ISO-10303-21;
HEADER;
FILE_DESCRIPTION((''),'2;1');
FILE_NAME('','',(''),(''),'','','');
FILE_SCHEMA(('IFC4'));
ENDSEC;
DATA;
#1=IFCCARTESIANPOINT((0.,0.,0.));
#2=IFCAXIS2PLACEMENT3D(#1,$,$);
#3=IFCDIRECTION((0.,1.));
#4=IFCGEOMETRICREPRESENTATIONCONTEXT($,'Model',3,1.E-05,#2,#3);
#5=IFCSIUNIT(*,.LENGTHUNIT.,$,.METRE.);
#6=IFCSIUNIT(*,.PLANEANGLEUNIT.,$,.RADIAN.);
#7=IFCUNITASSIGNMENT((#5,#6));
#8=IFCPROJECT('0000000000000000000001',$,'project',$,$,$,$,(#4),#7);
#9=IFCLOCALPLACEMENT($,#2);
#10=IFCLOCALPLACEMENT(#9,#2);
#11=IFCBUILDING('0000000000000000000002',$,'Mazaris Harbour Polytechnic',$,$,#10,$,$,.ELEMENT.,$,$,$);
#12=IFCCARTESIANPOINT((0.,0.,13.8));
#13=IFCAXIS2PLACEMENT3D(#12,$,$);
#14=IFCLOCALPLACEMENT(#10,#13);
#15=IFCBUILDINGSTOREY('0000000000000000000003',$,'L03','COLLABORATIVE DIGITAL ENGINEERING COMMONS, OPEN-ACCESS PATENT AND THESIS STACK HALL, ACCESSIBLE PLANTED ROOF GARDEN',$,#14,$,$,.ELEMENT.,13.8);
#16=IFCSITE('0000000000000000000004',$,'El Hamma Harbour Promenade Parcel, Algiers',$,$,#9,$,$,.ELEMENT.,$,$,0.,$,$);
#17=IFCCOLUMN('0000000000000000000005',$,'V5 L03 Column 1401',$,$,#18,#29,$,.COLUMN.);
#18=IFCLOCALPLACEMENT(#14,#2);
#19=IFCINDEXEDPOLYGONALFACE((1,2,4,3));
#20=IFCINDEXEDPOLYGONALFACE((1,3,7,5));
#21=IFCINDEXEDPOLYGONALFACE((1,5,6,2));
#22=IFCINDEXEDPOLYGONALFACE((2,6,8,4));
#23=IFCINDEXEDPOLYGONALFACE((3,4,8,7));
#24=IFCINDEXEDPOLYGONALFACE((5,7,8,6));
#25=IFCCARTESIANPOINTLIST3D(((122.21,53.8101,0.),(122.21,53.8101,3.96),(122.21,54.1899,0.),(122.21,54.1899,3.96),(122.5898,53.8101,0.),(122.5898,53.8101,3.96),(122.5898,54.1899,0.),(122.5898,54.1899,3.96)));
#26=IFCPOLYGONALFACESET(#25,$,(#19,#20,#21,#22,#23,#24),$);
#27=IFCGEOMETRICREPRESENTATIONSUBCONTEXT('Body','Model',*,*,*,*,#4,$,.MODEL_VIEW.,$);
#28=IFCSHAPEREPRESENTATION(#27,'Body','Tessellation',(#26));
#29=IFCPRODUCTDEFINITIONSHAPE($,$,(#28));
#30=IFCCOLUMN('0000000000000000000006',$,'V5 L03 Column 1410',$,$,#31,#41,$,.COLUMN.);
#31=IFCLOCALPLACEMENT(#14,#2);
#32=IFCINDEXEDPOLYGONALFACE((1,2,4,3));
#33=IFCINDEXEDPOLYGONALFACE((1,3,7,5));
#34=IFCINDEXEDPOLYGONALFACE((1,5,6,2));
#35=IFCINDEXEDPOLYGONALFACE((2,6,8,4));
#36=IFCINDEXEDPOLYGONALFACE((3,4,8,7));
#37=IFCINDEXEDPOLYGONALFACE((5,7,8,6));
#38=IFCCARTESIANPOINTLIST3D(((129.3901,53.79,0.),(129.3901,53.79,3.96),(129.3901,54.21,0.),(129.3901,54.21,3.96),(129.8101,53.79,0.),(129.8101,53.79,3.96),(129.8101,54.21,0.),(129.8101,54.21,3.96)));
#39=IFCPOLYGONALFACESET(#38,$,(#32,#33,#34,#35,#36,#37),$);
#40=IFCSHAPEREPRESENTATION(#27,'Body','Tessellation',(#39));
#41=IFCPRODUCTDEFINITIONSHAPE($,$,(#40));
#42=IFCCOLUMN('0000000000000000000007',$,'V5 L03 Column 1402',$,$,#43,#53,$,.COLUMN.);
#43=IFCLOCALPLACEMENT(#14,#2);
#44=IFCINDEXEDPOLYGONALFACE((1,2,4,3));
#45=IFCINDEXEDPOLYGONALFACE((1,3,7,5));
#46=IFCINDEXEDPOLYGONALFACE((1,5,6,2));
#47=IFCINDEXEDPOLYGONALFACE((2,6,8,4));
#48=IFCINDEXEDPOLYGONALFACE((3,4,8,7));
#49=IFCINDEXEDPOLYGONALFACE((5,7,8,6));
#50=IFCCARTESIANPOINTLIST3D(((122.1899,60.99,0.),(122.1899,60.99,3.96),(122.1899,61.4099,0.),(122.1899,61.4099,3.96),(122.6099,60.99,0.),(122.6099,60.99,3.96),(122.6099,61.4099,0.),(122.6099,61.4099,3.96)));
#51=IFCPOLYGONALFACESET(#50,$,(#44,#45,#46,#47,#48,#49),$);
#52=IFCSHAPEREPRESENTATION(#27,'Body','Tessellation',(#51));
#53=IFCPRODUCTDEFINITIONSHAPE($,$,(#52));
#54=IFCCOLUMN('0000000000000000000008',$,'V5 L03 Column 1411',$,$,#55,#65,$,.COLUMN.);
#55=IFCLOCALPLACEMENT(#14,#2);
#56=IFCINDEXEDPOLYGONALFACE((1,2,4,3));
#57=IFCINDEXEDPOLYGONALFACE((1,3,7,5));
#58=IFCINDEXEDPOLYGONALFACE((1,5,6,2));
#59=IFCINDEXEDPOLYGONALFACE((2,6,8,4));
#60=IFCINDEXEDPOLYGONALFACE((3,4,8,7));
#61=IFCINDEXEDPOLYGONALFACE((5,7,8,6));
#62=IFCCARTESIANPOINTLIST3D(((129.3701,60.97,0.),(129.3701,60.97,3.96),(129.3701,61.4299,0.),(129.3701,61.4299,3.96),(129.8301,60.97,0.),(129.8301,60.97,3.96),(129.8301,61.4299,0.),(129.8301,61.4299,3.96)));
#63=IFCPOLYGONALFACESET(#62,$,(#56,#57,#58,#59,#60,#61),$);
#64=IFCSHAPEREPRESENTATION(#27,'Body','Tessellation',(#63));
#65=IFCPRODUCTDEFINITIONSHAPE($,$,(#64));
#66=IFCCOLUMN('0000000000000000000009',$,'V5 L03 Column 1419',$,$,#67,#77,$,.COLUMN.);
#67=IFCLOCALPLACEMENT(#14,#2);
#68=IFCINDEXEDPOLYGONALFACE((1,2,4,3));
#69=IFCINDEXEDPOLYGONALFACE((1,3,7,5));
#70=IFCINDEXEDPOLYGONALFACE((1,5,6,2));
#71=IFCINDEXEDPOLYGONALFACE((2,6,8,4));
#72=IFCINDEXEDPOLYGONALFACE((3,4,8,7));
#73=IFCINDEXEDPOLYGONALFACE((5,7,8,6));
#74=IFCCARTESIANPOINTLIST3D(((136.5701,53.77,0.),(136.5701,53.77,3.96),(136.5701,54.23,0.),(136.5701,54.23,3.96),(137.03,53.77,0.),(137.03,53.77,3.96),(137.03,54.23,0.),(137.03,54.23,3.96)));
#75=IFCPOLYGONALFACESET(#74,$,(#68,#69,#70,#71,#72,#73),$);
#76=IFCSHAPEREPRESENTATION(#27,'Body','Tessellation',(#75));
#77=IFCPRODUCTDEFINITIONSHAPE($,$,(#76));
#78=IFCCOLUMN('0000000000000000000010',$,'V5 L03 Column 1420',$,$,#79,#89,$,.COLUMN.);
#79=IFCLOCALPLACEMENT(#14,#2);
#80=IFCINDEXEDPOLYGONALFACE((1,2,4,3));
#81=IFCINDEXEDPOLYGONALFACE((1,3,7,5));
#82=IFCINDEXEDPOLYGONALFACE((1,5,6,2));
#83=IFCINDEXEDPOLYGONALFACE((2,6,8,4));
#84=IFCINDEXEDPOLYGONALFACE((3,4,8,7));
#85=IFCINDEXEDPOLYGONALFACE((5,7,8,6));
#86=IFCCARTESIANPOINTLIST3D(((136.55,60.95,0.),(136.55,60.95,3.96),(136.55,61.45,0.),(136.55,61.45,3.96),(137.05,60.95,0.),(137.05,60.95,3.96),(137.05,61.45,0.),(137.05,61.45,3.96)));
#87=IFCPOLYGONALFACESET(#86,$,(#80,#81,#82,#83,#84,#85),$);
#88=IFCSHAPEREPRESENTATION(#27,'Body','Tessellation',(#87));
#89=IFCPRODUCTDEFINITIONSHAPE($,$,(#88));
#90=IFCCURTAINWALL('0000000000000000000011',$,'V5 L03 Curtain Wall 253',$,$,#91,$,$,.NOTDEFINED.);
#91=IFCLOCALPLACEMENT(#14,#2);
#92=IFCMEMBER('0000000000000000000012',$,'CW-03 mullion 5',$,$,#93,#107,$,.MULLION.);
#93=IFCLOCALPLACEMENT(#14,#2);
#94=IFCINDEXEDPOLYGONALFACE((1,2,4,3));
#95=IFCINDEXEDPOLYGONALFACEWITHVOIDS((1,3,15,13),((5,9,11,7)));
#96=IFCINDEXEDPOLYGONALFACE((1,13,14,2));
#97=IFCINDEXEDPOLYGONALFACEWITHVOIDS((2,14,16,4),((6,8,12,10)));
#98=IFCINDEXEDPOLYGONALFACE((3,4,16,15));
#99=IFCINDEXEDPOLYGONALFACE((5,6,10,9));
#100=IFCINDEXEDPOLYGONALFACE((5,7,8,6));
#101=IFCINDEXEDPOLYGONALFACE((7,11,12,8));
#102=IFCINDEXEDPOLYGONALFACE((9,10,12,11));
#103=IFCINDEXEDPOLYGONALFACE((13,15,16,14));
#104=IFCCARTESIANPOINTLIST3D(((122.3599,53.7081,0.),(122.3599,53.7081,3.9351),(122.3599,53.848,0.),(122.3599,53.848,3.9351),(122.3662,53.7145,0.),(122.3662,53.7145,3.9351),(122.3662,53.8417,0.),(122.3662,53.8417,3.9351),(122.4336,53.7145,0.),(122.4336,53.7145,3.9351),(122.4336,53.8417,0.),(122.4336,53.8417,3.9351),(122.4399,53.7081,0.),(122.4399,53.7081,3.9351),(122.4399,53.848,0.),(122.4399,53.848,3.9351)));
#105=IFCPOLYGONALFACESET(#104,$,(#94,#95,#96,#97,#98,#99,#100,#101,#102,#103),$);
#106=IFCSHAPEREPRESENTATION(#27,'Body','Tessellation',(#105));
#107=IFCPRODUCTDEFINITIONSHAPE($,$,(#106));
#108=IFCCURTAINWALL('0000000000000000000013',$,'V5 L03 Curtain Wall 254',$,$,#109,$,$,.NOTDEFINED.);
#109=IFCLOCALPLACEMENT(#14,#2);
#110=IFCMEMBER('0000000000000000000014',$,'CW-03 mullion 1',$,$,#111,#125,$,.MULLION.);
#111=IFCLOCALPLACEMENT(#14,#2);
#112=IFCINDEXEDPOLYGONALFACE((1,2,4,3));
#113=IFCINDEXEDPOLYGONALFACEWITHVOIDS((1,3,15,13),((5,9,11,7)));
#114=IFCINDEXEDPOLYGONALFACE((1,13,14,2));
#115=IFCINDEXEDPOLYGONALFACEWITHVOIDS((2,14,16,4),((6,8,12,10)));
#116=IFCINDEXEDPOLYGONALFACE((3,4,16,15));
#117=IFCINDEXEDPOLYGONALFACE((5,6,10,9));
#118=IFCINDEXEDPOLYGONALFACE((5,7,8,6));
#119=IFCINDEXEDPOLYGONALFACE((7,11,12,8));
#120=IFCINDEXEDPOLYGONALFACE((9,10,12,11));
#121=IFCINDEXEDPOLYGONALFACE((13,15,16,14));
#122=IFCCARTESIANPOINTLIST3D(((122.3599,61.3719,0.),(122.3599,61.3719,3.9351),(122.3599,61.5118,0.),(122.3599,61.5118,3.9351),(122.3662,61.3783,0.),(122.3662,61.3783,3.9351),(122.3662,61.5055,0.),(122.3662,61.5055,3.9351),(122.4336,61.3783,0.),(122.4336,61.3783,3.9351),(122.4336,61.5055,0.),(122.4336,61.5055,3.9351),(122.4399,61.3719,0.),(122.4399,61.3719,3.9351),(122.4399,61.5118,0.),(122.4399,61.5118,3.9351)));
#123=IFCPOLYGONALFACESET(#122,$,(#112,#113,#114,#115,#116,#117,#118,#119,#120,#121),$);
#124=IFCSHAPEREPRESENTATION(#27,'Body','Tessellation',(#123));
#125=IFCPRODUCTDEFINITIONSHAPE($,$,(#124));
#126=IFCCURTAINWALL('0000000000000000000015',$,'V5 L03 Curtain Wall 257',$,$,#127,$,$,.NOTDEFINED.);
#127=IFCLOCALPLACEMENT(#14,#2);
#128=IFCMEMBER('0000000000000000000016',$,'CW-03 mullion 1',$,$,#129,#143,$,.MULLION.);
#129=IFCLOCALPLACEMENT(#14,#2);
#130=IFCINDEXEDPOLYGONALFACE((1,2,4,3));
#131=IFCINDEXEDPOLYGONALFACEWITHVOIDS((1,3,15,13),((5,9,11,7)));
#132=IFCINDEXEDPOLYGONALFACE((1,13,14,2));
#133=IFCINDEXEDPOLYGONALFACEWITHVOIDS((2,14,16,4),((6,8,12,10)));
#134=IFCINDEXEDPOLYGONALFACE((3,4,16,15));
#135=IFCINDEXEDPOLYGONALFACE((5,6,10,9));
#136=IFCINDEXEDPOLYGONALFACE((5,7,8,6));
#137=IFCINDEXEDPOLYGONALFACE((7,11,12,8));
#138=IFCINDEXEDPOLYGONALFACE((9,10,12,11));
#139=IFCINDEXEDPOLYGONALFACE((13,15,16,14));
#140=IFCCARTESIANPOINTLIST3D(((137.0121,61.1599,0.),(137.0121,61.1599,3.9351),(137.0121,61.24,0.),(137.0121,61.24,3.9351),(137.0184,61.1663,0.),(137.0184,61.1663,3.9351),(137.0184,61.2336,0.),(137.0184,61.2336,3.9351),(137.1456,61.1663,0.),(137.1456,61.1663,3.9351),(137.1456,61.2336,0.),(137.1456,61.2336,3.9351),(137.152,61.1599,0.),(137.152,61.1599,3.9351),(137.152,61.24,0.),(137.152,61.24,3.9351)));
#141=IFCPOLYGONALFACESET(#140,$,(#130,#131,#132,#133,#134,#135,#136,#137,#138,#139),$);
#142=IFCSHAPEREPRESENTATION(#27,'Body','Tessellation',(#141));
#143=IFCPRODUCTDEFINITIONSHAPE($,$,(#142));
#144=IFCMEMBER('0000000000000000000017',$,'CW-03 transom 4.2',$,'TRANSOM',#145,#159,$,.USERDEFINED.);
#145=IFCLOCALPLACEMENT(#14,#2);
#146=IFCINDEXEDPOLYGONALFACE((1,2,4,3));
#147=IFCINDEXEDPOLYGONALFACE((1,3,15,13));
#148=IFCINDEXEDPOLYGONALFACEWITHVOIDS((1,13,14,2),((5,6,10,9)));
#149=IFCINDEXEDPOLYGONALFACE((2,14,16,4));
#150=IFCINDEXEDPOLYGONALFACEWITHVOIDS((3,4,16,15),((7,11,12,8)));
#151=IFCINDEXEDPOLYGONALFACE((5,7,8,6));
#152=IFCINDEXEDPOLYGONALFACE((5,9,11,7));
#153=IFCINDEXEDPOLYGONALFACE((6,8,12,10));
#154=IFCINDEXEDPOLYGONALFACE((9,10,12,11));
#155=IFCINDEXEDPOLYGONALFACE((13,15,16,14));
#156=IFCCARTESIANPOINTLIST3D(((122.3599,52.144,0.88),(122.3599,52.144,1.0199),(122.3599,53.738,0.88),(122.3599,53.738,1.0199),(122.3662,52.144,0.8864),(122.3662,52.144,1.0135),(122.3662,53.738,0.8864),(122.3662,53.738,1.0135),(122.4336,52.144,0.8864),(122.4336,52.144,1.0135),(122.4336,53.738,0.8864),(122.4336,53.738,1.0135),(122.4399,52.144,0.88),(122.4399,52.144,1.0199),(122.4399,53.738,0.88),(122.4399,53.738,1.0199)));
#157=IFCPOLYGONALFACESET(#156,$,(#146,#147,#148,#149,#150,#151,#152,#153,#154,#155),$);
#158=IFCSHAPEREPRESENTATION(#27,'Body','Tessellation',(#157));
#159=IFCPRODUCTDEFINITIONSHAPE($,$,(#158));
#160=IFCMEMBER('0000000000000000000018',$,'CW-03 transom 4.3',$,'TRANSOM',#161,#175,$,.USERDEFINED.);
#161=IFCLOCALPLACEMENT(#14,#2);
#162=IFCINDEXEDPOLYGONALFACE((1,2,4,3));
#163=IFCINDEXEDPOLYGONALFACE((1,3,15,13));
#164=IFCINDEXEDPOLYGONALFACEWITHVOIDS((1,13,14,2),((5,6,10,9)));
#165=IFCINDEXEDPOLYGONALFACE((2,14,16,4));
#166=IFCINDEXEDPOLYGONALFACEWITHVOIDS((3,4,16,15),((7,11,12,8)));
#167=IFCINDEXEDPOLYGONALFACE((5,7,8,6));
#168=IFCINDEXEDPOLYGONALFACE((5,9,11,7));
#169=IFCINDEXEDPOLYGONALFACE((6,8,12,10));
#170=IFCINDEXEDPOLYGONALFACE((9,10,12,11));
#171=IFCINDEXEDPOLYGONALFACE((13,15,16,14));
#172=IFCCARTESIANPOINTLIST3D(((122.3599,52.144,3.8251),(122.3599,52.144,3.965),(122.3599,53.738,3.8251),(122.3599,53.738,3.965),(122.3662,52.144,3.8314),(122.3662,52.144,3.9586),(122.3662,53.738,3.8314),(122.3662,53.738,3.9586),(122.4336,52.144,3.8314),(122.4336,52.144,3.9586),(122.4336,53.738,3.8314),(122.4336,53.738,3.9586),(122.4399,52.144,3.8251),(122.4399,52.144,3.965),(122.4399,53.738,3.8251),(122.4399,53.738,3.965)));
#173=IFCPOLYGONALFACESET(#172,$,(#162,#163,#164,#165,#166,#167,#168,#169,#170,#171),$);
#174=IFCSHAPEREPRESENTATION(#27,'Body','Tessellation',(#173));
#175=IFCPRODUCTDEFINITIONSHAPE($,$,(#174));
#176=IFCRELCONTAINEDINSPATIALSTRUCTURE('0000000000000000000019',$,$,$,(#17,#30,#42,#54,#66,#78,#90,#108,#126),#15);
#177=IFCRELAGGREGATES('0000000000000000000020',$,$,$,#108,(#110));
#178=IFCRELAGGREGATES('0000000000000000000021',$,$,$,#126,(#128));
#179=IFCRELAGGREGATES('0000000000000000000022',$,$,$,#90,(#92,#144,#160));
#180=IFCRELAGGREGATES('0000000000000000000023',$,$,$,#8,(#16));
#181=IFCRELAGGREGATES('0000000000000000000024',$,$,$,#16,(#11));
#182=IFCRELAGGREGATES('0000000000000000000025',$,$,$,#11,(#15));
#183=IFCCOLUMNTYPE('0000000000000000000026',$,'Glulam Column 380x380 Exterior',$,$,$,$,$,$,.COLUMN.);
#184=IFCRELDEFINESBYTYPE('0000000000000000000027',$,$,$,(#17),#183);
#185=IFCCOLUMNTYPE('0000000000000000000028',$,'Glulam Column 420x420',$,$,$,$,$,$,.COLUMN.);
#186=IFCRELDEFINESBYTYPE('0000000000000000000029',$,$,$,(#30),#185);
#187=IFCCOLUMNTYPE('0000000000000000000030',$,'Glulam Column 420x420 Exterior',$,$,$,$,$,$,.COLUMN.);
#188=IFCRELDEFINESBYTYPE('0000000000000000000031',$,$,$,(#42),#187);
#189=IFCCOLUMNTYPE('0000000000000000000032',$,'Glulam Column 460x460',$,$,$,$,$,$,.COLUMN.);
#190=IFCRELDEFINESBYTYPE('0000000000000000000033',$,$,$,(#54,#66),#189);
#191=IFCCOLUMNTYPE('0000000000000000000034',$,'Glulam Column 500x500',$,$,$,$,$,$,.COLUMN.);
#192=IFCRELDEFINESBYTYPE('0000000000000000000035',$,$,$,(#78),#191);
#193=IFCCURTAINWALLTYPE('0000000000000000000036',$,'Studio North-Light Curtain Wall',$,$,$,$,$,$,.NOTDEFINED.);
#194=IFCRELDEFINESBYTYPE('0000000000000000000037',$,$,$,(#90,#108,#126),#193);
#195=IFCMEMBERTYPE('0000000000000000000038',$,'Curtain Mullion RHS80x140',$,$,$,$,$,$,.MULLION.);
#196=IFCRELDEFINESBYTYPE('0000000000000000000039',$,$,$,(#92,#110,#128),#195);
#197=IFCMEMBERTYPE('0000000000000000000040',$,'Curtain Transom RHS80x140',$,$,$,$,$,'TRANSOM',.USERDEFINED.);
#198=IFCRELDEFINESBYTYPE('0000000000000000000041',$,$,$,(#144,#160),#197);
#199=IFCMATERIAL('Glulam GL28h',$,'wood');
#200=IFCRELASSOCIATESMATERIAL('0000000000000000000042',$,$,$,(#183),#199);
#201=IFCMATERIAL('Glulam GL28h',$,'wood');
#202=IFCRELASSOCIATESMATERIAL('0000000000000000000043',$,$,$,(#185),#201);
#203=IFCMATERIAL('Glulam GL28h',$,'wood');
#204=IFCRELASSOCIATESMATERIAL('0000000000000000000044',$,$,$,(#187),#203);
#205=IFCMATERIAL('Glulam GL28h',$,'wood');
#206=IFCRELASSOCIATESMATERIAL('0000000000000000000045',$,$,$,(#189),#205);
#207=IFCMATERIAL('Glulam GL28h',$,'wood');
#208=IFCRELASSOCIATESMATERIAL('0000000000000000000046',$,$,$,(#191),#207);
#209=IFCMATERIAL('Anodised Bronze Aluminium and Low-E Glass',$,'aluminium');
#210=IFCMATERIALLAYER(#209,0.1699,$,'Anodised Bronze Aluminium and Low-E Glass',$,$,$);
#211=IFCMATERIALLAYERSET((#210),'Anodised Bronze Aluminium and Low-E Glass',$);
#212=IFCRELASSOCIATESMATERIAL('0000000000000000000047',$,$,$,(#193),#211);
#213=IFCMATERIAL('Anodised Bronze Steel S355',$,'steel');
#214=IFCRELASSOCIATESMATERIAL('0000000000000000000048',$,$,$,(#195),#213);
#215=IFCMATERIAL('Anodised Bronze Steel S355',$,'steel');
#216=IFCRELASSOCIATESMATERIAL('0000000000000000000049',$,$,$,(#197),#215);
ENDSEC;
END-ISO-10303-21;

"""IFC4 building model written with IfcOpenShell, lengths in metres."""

from ifc_helpers import new_model, si_unit, direction, frame, origin, origin_2d, place, context, subcontext, project, spatial, rectangle, hollow_rectangle, extrude, material, layer, layer_set, material_profile, profile_set, type_object, element, aggregate, save


model = new_model("IFC4")

# Units and contexts
model_context = context("Model", 3, precision=1e-05, world=origin(), true_north=direction((0.0, 1.0)))
body_context = subcontext(model_context, "Body", "Model", "MODEL_VIEW")
ifc_project = project(units=[si_unit("LENGTHUNIT", "METRE"), si_unit("PLANEANGLEUNIT", "RADIAN")], contexts=[model_context])

# Site, building, storey
site_placement = place(None, origin())
site = spatial("IfcSite", under=ifc_project, at=site_placement, Name="El Hamma Harbour Promenade Parcel, Algiers", CompositionType="ELEMENT", RefElevation=0.0)
building_placement = place(site_placement, origin())
building = spatial("IfcBuilding", under=site, at=building_placement, Name="Mazaris Harbour Polytechnic", CompositionType="ELEMENT")
storey_placement = place(building_placement, frame((0.0, 0.0, 13.8)))
storey = spatial("IfcBuildingStorey", under=building, at=storey_placement, Name="L03", Description="COLLABORATIVE DIGITAL ENGINEERING COMMONS, OPEN-ACCESS PATENT AND THESIS STACK HALL, ACCESSIBLE PLANTED ROOF GARDEN", CompositionType="ELEMENT", Elevation=13.8)

# Columns
ifc_material_1 = material(Name="Glulam GL28h", Category="wood")
ifc_material_profile_1 = material_profile(ifc_material_1, rectangle(XDim=0.3799, YDim=0.3799, at=origin_2d()), Name="RECT380x380")
ifc_profile_set_1 = profile_set([ifc_material_profile_1], Name="Glulam GL28h")
column_type_1 = type_object("IfcColumnType", Name="Glulam Column 380x380 Exterior", PredefinedType="COLUMN", material=ifc_profile_set_1)
column_1_placement = place(storey_placement, frame((122.3999, 54.0, 0.0), z_axis=(0.0, 0.0, 1.0), x_axis=(1.0, 0.0, 0.0)))
element("IfcColumn", 1, at=column_1_placement, inside=storey, type_object=column_type_1, Name="V5 L03 Column 1401", PredefinedType="COLUMN", context=body_context, shape_type="SweptSolid", body=[
    extrude(rectangle(XDim=0.3799, YDim=0.3799, at=origin_2d()), origin(), (0.0, 0.0, 1.0), 3.96),
])
ifc_material_2 = material(Name="Glulam GL28h", Category="wood")
ifc_material_profile_2 = material_profile(ifc_material_2, rectangle(XDim=0.4199, YDim=0.4199, at=origin_2d()), Name="RECT420x420")
ifc_profile_set_2 = profile_set([ifc_material_profile_2], Name="Glulam GL28h")
column_type_2 = type_object("IfcColumnType", Name="Glulam Column 420x420", PredefinedType="COLUMN", material=ifc_profile_set_2)
column_2_placement = place(storey_placement, frame((129.6001, 54.0, 0.0), z_axis=(0.0, 0.0, 1.0), x_axis=(1.0, 0.0, 0.0)))
element("IfcColumn", 2, at=column_2_placement, inside=storey, type_object=column_type_2, Name="V5 L03 Column 1410", PredefinedType="COLUMN", context=body_context, shape_type="SweptSolid", body=[
    extrude(rectangle(XDim=0.4199, YDim=0.4199, at=origin_2d()), origin(), (0.0, 0.0, 1.0), 3.96),
])
ifc_material_3 = material(Name="Glulam GL28h", Category="wood")
ifc_material_profile_3 = material_profile(ifc_material_3, rectangle(XDim=0.4199, YDim=0.4199, at=origin_2d()), Name="RECT420x420")
ifc_profile_set_3 = profile_set([ifc_material_profile_3], Name="Glulam GL28h")
column_type_3 = type_object("IfcColumnType", Name="Glulam Column 420x420 Exterior", PredefinedType="COLUMN", material=ifc_profile_set_3)
column_3_placement = place(storey_placement, frame((122.3999, 61.2, 0.0), z_axis=(0.0, 0.0, 1.0), x_axis=(1.0, 0.0, 0.0)))
element("IfcColumn", 3, at=column_3_placement, inside=storey, type_object=column_type_3, Name="V5 L03 Column 1402", PredefinedType="COLUMN", context=body_context, shape_type="SweptSolid", body=[
    extrude(rectangle(XDim=0.4199, YDim=0.4199, at=origin_2d()), origin(), (0.0, 0.0, 1.0), 3.96),
])
ifc_material_4 = material(Name="Glulam GL28h", Category="wood")
ifc_material_profile_4 = material_profile(ifc_material_4, rectangle(XDim=0.46, YDim=0.46, at=origin_2d()), Name="RECT460x460")
ifc_profile_set_4 = profile_set([ifc_material_profile_4], Name="Glulam GL28h")
column_type_4 = type_object("IfcColumnType", Name="Glulam Column 460x460", PredefinedType="COLUMN", material=ifc_profile_set_4)
for number, where, z_axis, x_axis, name in (
    (4, (129.6001, 61.2, 0.0), (0.0, 0.0, 1.0), (1.0, 0.0, 0.0), "V5 L03 Column 1411"),
    (5, (136.8, 54.0, 0.0), (0.0, 0.0, 1.0), (1.0, 0.0, 0.0), "V5 L03 Column 1419"),
):
    element("IfcColumn", number, at=place(storey_placement, frame(where, z_axis=z_axis, x_axis=x_axis)), inside=storey, type_object=column_type_4, Name=name, PredefinedType="COLUMN", context=body_context, shape_type="SweptSolid", body=[
        extrude(rectangle(XDim=0.46, YDim=0.46, at=origin_2d()), origin(), (0.0, 0.0, 1.0), 3.96),
    ])
ifc_material_5 = material(Name="Glulam GL28h", Category="wood")
ifc_material_profile_5 = material_profile(ifc_material_5, rectangle(XDim=0.5, YDim=0.5, at=origin_2d()), Name="RECT500x500")
ifc_profile_set_5 = profile_set([ifc_material_profile_5], Name="Glulam GL28h")
column_type_5 = type_object("IfcColumnType", Name="Glulam Column 500x500", PredefinedType="COLUMN", material=ifc_profile_set_5)
column_4_placement = place(storey_placement, frame((136.8, 61.2, 0.0), z_axis=(0.0, 0.0, 1.0), x_axis=(1.0, 0.0, 0.0)))
element("IfcColumn", 6, at=column_4_placement, inside=storey, type_object=column_type_5, Name="V5 L03 Column 1420", PredefinedType="COLUMN", context=body_context, shape_type="SweptSolid", body=[
    extrude(rectangle(XDim=0.5, YDim=0.5, at=origin_2d()), origin(), (0.0, 0.0, 1.0), 3.96),
])

# Curtain walls, members
ifc_material_6 = material(Name="Anodised Bronze Aluminium and Low-E Glass", Category="aluminium")
ifc_layer_1 = layer(ifc_material_6, 0.1699, Name="Anodised Bronze Aluminium and Low-E Glass")
ifc_layer_set_1 = layer_set([ifc_layer_1], Name="Anodised Bronze Aluminium and Low-E Glass")
curtain_wall_type = type_object("IfcCurtainWallType", Name="Studio North-Light Curtain Wall", PredefinedType="NOTDEFINED", material=ifc_layer_set_1)
curtain_wall_1_placement = place(storey_placement, origin())
curtain_wall_1 = element("IfcCurtainWall", 7, at=curtain_wall_1_placement, inside=storey, type_object=curtain_wall_type, Name="V5 L03 Curtain Wall 253", PredefinedType="NOTDEFINED")
ifc_material_7 = material(Name="Anodised Bronze Steel S355", Category="steel")
ifc_material_profile_6 = material_profile(ifc_material_7, hollow_rectangle(XDim=0.0801, YDim=0.1399, WallThickness=0.0063, at=origin_2d()), Name="RHS 80x140x6.3")
ifc_profile_set_6 = profile_set([ifc_material_profile_6], Name="Anodised Bronze Steel S355")
member_type_1 = type_object("IfcMemberType", Name="Curtain Mullion RHS80x140", PredefinedType="MULLION", material=ifc_profile_set_6)
member_1_placement = place(storey_placement, frame((122.3999, 53.7781, 0.0), z_axis=(0.0, 0.0, 1.0), x_axis=(-1.0, 0.0, 0.0)))
member_1 = element("IfcMember", 8, at=member_1_placement, type_object=member_type_1, Name="CW-03 mullion 5", PredefinedType="MULLION", context=body_context, shape_type="SweptSolid", body=[
    extrude(hollow_rectangle(XDim=0.0801, YDim=0.1399, WallThickness=0.0063, at=origin_2d()), origin(), (0.0, 0.0, 1.0), 3.9351),
])
curtain_wall_2_placement = place(storey_placement, origin())
curtain_wall_2 = element("IfcCurtainWall", 9, at=curtain_wall_2_placement, inside=storey, type_object=curtain_wall_type, Name="V5 L03 Curtain Wall 254", PredefinedType="NOTDEFINED")
member_2_placement = place(storey_placement, frame((122.3999, 61.4419, 0.0), z_axis=(0.0, 0.0, 1.0), x_axis=(-1.0, 0.0, 0.0)))
member_2 = element("IfcMember", 10, at=member_2_placement, type_object=member_type_1, Name="CW-03 mullion 1", PredefinedType="MULLION", context=body_context, shape_type="SweptSolid", body=[
    extrude(hollow_rectangle(XDim=0.0801, YDim=0.1399, WallThickness=0.0063, at=origin_2d()), origin(), (0.0, 0.0, 1.0), 3.9351),
])
curtain_wall_3_placement = place(storey_placement, origin())
curtain_wall_3 = element("IfcCurtainWall", 11, at=curtain_wall_3_placement, inside=storey, type_object=curtain_wall_type, Name="V5 L03 Curtain Wall 257", PredefinedType="NOTDEFINED")
member_3_placement = place(storey_placement, frame((137.082, 61.2, 0.0), z_axis=(0.0, 0.0, 1.0), x_axis=(0.0, 1.0, 0.0)))
member_3 = element("IfcMember", 12, at=member_3_placement, type_object=member_type_1, Name="CW-03 mullion 1", PredefinedType="MULLION", context=body_context, shape_type="SweptSolid", body=[
    extrude(hollow_rectangle(XDim=0.0801, YDim=0.1399, WallThickness=0.0063, at=origin_2d()), origin(), (0.0, 0.0, 1.0), 3.9351),
])

# Members
ifc_material_8 = material(Name="Anodised Bronze Steel S355", Category="steel")
ifc_material_profile_7 = material_profile(ifc_material_8, hollow_rectangle(XDim=0.0801, YDim=0.1399, WallThickness=0.0063, at=origin_2d()), Name="RHS 80x140x6.3")
ifc_profile_set_7 = profile_set([ifc_material_profile_7], Name="Anodised Bronze Steel S355")
member_type_2 = type_object("IfcMemberType", Name="Curtain Transom RHS80x140", ElementType="TRANSOM", PredefinedType="USERDEFINED", material=ifc_profile_set_7)
member_4_placement = place(storey_placement, frame((122.3999, 52.144, 0.95), z_axis=(0.0, 1.0, 0.0), x_axis=(-1.0, 0.0, 0.0)))
member_4 = element("IfcMember", 13, at=member_4_placement, type_object=member_type_2, Name="CW-03 transom 4.2", ObjectType="TRANSOM", PredefinedType="USERDEFINED", context=body_context, shape_type="SweptSolid", body=[
    extrude(hollow_rectangle(XDim=0.0801, YDim=0.1399, WallThickness=0.0063, at=origin_2d()), origin(), (0.0, 0.0, 1.0), 1.594),
])
member_5_placement = place(storey_placement, frame((122.3999, 52.144, 3.895), z_axis=(0.0, 1.0, 0.0), x_axis=(-1.0, 0.0, 0.0)))
member_5 = element("IfcMember", 14, at=member_5_placement, type_object=member_type_2, Name="CW-03 transom 4.3", ObjectType="TRANSOM", PredefinedType="USERDEFINED", context=body_context, shape_type="SweptSolid", body=[
    extrude(hollow_rectangle(XDim=0.0801, YDim=0.1399, WallThickness=0.0063, at=origin_2d()), origin(), (0.0, 0.0, 1.0), 1.594),
])
aggregate(curtain_wall_2, [member_2])
aggregate(curtain_wall_3, [member_3])

aggregate(curtain_wall_1, [member_1, member_4, member_5])

save(model, "model.ifc")
